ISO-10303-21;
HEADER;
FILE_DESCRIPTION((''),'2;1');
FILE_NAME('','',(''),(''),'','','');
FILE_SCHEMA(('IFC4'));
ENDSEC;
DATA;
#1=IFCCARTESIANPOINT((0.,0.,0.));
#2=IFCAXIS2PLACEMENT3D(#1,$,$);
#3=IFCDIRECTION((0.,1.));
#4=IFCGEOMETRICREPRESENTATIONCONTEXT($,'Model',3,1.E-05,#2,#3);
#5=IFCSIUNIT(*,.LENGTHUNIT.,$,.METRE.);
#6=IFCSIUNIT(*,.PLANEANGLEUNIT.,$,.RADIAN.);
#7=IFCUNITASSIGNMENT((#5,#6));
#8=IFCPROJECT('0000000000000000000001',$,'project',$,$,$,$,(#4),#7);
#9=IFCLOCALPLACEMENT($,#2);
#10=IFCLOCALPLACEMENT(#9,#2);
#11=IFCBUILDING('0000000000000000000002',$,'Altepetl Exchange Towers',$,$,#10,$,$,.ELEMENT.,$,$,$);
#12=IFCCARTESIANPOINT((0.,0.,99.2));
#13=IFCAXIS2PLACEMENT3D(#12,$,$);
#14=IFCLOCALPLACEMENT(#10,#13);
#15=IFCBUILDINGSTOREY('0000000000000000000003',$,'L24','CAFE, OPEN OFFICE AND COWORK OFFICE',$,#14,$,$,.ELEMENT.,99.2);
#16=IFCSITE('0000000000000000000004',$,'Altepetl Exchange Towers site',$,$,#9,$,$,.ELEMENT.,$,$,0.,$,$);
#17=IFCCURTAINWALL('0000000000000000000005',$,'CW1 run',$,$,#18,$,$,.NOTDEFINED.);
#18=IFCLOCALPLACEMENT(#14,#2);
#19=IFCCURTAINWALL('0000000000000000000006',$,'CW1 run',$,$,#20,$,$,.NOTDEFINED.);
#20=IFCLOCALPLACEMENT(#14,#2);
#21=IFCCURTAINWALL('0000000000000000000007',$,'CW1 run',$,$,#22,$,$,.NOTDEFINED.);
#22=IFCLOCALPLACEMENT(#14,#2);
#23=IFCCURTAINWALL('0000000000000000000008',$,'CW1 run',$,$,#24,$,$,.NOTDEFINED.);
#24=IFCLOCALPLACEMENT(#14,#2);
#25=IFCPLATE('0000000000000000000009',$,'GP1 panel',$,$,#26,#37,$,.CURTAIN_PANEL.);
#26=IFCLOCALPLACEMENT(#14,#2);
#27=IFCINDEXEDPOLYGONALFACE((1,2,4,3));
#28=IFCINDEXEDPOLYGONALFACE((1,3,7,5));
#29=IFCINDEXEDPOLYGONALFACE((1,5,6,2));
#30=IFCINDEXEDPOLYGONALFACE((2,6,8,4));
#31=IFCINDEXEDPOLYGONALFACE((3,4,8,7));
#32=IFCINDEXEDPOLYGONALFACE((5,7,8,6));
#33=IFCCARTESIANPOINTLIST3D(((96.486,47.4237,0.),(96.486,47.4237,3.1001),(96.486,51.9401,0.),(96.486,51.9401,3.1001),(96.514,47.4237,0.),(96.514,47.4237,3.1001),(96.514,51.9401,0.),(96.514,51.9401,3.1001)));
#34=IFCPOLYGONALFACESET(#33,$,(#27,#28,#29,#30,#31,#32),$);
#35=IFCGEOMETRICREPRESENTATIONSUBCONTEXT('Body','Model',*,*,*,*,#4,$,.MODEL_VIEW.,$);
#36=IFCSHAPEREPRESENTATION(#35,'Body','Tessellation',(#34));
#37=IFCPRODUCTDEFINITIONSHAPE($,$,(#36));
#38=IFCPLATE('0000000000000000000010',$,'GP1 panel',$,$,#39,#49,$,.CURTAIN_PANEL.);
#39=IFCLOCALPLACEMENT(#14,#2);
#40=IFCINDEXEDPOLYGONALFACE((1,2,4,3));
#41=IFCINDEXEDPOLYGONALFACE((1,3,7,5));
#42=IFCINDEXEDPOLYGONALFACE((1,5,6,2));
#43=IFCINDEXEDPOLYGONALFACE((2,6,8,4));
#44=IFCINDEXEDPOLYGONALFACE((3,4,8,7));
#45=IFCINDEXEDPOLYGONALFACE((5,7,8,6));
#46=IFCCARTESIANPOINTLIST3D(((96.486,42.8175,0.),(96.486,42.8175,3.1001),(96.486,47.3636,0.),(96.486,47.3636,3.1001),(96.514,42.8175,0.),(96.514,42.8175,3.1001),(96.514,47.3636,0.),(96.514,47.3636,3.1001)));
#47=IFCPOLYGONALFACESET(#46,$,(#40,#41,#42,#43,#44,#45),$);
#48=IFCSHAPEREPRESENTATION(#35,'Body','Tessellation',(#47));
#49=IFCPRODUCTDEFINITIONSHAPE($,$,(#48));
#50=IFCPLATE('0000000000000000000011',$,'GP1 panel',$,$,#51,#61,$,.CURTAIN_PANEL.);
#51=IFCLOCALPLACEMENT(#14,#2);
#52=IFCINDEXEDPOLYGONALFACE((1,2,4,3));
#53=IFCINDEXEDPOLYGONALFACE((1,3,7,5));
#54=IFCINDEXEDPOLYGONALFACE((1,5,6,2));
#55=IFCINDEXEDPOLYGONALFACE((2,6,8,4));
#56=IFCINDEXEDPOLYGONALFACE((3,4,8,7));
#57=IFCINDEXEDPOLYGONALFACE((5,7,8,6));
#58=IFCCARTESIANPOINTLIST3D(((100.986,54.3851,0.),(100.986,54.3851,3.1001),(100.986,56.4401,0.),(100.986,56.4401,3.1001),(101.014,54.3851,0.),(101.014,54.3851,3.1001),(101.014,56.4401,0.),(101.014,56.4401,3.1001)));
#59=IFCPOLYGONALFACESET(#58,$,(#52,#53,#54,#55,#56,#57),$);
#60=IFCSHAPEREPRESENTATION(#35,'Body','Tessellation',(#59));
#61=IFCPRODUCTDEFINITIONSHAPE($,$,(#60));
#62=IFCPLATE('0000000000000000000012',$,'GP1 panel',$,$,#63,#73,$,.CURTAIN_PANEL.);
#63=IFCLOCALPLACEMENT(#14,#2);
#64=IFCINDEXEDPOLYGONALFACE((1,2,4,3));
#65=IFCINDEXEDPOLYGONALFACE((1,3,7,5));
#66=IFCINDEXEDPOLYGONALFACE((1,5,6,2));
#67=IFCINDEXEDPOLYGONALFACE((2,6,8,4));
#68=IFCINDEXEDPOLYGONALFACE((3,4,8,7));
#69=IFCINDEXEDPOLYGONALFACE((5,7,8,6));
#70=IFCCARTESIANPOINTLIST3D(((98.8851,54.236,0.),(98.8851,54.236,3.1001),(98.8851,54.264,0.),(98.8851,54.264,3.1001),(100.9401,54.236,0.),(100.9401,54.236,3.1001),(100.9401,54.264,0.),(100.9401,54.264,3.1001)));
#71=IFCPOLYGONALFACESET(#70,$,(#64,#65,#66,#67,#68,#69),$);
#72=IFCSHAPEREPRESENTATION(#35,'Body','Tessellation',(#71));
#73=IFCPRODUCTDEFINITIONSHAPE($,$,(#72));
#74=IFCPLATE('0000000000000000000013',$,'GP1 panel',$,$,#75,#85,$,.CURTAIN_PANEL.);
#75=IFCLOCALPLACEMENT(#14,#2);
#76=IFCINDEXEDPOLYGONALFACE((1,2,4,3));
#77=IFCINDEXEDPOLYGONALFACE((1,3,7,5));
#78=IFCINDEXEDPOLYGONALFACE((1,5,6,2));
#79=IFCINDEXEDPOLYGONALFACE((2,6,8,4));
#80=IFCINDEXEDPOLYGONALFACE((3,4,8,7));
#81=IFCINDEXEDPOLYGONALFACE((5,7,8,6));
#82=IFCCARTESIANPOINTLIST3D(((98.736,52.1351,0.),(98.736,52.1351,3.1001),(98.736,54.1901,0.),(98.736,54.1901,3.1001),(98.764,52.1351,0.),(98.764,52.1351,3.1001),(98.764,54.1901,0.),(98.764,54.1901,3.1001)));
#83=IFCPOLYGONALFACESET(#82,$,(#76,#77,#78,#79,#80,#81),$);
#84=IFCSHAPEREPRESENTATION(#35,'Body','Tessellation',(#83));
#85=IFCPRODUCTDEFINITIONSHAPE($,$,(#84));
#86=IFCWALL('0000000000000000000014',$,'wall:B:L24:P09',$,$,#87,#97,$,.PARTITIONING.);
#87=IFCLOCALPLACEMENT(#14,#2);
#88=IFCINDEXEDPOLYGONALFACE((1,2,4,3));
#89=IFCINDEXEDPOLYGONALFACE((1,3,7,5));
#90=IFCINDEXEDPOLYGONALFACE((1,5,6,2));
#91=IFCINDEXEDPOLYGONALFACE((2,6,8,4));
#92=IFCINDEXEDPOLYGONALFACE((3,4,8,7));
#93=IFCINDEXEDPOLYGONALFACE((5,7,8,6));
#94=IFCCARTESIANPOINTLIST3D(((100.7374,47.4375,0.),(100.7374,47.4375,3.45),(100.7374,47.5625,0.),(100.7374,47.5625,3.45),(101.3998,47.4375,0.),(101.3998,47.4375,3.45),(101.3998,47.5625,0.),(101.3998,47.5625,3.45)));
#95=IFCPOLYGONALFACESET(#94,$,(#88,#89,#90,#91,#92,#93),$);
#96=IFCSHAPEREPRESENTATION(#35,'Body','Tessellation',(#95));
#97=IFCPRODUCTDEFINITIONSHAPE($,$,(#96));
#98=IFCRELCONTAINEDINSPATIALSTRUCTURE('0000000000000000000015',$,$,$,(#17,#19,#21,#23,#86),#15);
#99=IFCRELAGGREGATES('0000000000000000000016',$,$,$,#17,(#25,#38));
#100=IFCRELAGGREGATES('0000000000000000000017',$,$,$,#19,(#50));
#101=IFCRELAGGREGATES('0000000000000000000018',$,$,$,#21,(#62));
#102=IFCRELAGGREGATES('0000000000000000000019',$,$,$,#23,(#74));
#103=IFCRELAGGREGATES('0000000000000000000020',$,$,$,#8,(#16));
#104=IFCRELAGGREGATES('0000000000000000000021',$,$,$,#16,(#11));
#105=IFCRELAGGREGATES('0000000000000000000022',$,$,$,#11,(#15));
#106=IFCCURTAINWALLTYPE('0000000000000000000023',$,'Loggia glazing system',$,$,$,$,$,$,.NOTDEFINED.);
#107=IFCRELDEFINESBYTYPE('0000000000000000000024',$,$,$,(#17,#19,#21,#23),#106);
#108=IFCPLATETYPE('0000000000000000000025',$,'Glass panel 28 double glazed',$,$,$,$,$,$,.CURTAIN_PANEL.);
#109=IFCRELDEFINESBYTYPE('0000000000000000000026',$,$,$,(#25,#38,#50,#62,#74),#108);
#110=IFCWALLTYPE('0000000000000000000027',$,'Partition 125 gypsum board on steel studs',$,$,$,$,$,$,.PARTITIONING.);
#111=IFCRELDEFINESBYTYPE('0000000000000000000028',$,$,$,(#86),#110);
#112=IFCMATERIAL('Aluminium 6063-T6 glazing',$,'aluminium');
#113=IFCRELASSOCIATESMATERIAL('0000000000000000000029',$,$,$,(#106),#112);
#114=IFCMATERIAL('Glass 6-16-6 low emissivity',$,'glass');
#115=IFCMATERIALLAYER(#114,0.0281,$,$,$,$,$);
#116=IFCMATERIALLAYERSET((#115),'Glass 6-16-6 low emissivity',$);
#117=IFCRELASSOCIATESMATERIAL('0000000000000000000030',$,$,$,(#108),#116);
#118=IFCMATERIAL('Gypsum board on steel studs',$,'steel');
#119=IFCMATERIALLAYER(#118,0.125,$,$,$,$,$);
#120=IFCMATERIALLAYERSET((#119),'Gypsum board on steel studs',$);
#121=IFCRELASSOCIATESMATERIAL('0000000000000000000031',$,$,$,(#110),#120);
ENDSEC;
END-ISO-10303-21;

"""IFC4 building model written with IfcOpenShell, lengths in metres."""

from ifc_helpers import new_model, si_unit, direction, frame, frame_2d, origin, origin_2d, place, context, subcontext, project, spatial, rectangle, extrude, material, layer, layer_set, type_object, element, aggregate, save


model = new_model("IFC4")

# Units and contexts
model_context = context("Model", 3, precision=1e-05, world=origin(), true_north=direction((0.0, 1.0)))
body_context = subcontext(model_context, "Body", "Model", "MODEL_VIEW")
ifc_project = project(units=[si_unit("LENGTHUNIT", "METRE"), si_unit("PLANEANGLEUNIT", "RADIAN")], contexts=[model_context])

# Site, building, storey
site_placement = place(None, origin())
site = spatial("IfcSite", under=ifc_project, at=site_placement, Name="Altepetl Exchange Towers site", CompositionType="ELEMENT", RefElevation=0.0)
building_placement = place(site_placement, origin())
building = spatial("IfcBuilding", under=site, at=building_placement, Name="Altepetl Exchange Towers", CompositionType="ELEMENT")
storey_placement = place(building_placement, frame((0.0, 0.0, 99.2)))
storey = spatial("IfcBuildingStorey", under=building, at=storey_placement, Name="L24", Description="CAFE, OPEN OFFICE AND COWORK OFFICE", CompositionType="ELEMENT", Elevation=99.2)

# Curtain wall
ifc_material_1 = material(Name="Aluminium 6063-T6 glazing", Category="aluminium")
curtain_wall_type = type_object("IfcCurtainWallType", Name="Loggia glazing system", PredefinedType="NOTDEFINED", material=ifc_material_1)
curtain_wall_1_placement = place(storey_placement, origin())
curtain_wall_1 = element("IfcCurtainWall", 1, at=curtain_wall_1_placement, inside=storey, type_object=curtain_wall_type, Name="CW1 run", PredefinedType="NOTDEFINED")

# Curtain walls
curtain_wall_2_placement = place(storey_placement, origin())
curtain_wall_2 = element("IfcCurtainWall", 2, at=curtain_wall_2_placement, inside=storey, type_object=curtain_wall_type, Name="CW1 run", PredefinedType="NOTDEFINED")
curtain_wall_3_placement = place(storey_placement, origin())
curtain_wall_3 = element("IfcCurtainWall", 3, at=curtain_wall_3_placement, inside=storey, type_object=curtain_wall_type, Name="CW1 run", PredefinedType="NOTDEFINED")
curtain_wall_4_placement = place(storey_placement, origin())
curtain_wall_4 = element("IfcCurtainWall", 4, at=curtain_wall_4_placement, inside=storey, type_object=curtain_wall_type, Name="CW1 run", PredefinedType="NOTDEFINED")

# Plates
ifc_material_2 = material(Name="Glass 6-16-6 low emissivity", Category="glass")
ifc_layer_1 = layer(ifc_material_2, 0.0281)
ifc_layer_set_1 = layer_set([ifc_layer_1], Name="Glass 6-16-6 low emissivity")
plate_type = type_object("IfcPlateType", Name="Glass panel 28 double glazed", PredefinedType="CURTAIN_PANEL", material=ifc_layer_set_1)
plate_1_placement = place(storey_placement, frame((96.5, 49.6819, 0.0), z_axis=(0.0, 0.0, 1.0), x_axis=(0.0, -1.0, 0.0)))
plate_1 = element("IfcPlate", 5, at=plate_1_placement, type_object=plate_type, Name="GP1 panel", PredefinedType="CURTAIN_PANEL", context=body_context, shape_type="SweptSolid", body=[
    extrude(rectangle(XDim=4.5164, YDim=0.0281, at=origin_2d()), origin(), (0.0, 0.0, 1.0), 3.1001),
])
plate_2_placement = place(storey_placement, frame((96.5, 45.0906, 0.0), z_axis=(0.0, 0.0, 1.0), x_axis=(0.0, -1.0, 0.0)))
plate_2 = element("IfcPlate", 6, at=plate_2_placement, type_object=plate_type, Name="GP1 panel", PredefinedType="CURTAIN_PANEL", context=body_context, shape_type="SweptSolid", body=[
    extrude(rectangle(XDim=4.5461, YDim=0.0281, at=origin_2d()), origin(), (0.0, 0.0, 1.0), 3.1001),
])
aggregate(curtain_wall_1, [plate_1, plate_2])
plate_3_placement = place(storey_placement, frame((101.0, 55.4126, 0.0), z_axis=(0.0, 0.0, 1.0), x_axis=(0.0, -1.0, 0.0)))
plate_3 = element("IfcPlate", 7, at=plate_3_placement, type_object=plate_type, Name="GP1 panel", PredefinedType="CURTAIN_PANEL", context=body_context, shape_type="SweptSolid", body=[
    extrude(rectangle(XDim=2.0549, YDim=0.0281, at=origin_2d()), origin(), (0.0, 0.0, 1.0), 3.1001),
])
aggregate(curtain_wall_2, [plate_3])
plate_4_placement = place(storey_placement, frame((99.9126, 54.25, 0.0), z_axis=(0.0, 0.0, 1.0), x_axis=(-1.0, 0.0, 0.0)))
plate_4 = element("IfcPlate", 8, at=plate_4_placement, type_object=plate_type, Name="GP1 panel", PredefinedType="CURTAIN_PANEL", context=body_context, shape_type="SweptSolid", body=[
    extrude(rectangle(XDim=2.0549, YDim=0.0281, at=origin_2d()), origin(), (0.0, 0.0, 1.0), 3.1001),
])
aggregate(curtain_wall_3, [plate_4])
plate_5_placement = place(storey_placement, frame((98.75, 53.1626, 0.0), z_axis=(0.0, 0.0, 1.0), x_axis=(0.0, -1.0, 0.0)))
plate_5 = element("IfcPlate", 9, at=plate_5_placement, type_object=plate_type, Name="GP1 panel", PredefinedType="CURTAIN_PANEL", context=body_context, shape_type="SweptSolid", body=[
    extrude(rectangle(XDim=2.0549, YDim=0.0281, at=origin_2d()), origin(), (0.0, 0.0, 1.0), 3.1001),
])
aggregate(curtain_wall_4, [plate_5])

# Wall
ifc_material_3 = material(Name="Gypsum board on steel studs", Category="steel")
ifc_layer_2 = layer(ifc_material_3, 0.125)
ifc_layer_set_2 = layer_set([ifc_layer_2], Name="Gypsum board on steel studs")
wall_type = type_object("IfcWallType", Name="Partition 125 gypsum board on steel studs", PredefinedType="PARTITIONING", material=ifc_layer_set_2)
wall_placement = place(storey_placement, frame((100.7375, 47.5, 0.0)))
element("IfcWall", 10, at=wall_placement, inside=storey, type_object=wall_type, Name="wall:B:L24:P09", PredefinedType="PARTITIONING", context=body_context, shape_type="SweptSolid", body=[
    extrude(rectangle(XDim=0.6624, YDim=0.125, at=frame_2d((0.3311, 0.0))), origin(), (0.0, 0.0, 1.0), 3.45),
])

save(model, "model.ifc")
